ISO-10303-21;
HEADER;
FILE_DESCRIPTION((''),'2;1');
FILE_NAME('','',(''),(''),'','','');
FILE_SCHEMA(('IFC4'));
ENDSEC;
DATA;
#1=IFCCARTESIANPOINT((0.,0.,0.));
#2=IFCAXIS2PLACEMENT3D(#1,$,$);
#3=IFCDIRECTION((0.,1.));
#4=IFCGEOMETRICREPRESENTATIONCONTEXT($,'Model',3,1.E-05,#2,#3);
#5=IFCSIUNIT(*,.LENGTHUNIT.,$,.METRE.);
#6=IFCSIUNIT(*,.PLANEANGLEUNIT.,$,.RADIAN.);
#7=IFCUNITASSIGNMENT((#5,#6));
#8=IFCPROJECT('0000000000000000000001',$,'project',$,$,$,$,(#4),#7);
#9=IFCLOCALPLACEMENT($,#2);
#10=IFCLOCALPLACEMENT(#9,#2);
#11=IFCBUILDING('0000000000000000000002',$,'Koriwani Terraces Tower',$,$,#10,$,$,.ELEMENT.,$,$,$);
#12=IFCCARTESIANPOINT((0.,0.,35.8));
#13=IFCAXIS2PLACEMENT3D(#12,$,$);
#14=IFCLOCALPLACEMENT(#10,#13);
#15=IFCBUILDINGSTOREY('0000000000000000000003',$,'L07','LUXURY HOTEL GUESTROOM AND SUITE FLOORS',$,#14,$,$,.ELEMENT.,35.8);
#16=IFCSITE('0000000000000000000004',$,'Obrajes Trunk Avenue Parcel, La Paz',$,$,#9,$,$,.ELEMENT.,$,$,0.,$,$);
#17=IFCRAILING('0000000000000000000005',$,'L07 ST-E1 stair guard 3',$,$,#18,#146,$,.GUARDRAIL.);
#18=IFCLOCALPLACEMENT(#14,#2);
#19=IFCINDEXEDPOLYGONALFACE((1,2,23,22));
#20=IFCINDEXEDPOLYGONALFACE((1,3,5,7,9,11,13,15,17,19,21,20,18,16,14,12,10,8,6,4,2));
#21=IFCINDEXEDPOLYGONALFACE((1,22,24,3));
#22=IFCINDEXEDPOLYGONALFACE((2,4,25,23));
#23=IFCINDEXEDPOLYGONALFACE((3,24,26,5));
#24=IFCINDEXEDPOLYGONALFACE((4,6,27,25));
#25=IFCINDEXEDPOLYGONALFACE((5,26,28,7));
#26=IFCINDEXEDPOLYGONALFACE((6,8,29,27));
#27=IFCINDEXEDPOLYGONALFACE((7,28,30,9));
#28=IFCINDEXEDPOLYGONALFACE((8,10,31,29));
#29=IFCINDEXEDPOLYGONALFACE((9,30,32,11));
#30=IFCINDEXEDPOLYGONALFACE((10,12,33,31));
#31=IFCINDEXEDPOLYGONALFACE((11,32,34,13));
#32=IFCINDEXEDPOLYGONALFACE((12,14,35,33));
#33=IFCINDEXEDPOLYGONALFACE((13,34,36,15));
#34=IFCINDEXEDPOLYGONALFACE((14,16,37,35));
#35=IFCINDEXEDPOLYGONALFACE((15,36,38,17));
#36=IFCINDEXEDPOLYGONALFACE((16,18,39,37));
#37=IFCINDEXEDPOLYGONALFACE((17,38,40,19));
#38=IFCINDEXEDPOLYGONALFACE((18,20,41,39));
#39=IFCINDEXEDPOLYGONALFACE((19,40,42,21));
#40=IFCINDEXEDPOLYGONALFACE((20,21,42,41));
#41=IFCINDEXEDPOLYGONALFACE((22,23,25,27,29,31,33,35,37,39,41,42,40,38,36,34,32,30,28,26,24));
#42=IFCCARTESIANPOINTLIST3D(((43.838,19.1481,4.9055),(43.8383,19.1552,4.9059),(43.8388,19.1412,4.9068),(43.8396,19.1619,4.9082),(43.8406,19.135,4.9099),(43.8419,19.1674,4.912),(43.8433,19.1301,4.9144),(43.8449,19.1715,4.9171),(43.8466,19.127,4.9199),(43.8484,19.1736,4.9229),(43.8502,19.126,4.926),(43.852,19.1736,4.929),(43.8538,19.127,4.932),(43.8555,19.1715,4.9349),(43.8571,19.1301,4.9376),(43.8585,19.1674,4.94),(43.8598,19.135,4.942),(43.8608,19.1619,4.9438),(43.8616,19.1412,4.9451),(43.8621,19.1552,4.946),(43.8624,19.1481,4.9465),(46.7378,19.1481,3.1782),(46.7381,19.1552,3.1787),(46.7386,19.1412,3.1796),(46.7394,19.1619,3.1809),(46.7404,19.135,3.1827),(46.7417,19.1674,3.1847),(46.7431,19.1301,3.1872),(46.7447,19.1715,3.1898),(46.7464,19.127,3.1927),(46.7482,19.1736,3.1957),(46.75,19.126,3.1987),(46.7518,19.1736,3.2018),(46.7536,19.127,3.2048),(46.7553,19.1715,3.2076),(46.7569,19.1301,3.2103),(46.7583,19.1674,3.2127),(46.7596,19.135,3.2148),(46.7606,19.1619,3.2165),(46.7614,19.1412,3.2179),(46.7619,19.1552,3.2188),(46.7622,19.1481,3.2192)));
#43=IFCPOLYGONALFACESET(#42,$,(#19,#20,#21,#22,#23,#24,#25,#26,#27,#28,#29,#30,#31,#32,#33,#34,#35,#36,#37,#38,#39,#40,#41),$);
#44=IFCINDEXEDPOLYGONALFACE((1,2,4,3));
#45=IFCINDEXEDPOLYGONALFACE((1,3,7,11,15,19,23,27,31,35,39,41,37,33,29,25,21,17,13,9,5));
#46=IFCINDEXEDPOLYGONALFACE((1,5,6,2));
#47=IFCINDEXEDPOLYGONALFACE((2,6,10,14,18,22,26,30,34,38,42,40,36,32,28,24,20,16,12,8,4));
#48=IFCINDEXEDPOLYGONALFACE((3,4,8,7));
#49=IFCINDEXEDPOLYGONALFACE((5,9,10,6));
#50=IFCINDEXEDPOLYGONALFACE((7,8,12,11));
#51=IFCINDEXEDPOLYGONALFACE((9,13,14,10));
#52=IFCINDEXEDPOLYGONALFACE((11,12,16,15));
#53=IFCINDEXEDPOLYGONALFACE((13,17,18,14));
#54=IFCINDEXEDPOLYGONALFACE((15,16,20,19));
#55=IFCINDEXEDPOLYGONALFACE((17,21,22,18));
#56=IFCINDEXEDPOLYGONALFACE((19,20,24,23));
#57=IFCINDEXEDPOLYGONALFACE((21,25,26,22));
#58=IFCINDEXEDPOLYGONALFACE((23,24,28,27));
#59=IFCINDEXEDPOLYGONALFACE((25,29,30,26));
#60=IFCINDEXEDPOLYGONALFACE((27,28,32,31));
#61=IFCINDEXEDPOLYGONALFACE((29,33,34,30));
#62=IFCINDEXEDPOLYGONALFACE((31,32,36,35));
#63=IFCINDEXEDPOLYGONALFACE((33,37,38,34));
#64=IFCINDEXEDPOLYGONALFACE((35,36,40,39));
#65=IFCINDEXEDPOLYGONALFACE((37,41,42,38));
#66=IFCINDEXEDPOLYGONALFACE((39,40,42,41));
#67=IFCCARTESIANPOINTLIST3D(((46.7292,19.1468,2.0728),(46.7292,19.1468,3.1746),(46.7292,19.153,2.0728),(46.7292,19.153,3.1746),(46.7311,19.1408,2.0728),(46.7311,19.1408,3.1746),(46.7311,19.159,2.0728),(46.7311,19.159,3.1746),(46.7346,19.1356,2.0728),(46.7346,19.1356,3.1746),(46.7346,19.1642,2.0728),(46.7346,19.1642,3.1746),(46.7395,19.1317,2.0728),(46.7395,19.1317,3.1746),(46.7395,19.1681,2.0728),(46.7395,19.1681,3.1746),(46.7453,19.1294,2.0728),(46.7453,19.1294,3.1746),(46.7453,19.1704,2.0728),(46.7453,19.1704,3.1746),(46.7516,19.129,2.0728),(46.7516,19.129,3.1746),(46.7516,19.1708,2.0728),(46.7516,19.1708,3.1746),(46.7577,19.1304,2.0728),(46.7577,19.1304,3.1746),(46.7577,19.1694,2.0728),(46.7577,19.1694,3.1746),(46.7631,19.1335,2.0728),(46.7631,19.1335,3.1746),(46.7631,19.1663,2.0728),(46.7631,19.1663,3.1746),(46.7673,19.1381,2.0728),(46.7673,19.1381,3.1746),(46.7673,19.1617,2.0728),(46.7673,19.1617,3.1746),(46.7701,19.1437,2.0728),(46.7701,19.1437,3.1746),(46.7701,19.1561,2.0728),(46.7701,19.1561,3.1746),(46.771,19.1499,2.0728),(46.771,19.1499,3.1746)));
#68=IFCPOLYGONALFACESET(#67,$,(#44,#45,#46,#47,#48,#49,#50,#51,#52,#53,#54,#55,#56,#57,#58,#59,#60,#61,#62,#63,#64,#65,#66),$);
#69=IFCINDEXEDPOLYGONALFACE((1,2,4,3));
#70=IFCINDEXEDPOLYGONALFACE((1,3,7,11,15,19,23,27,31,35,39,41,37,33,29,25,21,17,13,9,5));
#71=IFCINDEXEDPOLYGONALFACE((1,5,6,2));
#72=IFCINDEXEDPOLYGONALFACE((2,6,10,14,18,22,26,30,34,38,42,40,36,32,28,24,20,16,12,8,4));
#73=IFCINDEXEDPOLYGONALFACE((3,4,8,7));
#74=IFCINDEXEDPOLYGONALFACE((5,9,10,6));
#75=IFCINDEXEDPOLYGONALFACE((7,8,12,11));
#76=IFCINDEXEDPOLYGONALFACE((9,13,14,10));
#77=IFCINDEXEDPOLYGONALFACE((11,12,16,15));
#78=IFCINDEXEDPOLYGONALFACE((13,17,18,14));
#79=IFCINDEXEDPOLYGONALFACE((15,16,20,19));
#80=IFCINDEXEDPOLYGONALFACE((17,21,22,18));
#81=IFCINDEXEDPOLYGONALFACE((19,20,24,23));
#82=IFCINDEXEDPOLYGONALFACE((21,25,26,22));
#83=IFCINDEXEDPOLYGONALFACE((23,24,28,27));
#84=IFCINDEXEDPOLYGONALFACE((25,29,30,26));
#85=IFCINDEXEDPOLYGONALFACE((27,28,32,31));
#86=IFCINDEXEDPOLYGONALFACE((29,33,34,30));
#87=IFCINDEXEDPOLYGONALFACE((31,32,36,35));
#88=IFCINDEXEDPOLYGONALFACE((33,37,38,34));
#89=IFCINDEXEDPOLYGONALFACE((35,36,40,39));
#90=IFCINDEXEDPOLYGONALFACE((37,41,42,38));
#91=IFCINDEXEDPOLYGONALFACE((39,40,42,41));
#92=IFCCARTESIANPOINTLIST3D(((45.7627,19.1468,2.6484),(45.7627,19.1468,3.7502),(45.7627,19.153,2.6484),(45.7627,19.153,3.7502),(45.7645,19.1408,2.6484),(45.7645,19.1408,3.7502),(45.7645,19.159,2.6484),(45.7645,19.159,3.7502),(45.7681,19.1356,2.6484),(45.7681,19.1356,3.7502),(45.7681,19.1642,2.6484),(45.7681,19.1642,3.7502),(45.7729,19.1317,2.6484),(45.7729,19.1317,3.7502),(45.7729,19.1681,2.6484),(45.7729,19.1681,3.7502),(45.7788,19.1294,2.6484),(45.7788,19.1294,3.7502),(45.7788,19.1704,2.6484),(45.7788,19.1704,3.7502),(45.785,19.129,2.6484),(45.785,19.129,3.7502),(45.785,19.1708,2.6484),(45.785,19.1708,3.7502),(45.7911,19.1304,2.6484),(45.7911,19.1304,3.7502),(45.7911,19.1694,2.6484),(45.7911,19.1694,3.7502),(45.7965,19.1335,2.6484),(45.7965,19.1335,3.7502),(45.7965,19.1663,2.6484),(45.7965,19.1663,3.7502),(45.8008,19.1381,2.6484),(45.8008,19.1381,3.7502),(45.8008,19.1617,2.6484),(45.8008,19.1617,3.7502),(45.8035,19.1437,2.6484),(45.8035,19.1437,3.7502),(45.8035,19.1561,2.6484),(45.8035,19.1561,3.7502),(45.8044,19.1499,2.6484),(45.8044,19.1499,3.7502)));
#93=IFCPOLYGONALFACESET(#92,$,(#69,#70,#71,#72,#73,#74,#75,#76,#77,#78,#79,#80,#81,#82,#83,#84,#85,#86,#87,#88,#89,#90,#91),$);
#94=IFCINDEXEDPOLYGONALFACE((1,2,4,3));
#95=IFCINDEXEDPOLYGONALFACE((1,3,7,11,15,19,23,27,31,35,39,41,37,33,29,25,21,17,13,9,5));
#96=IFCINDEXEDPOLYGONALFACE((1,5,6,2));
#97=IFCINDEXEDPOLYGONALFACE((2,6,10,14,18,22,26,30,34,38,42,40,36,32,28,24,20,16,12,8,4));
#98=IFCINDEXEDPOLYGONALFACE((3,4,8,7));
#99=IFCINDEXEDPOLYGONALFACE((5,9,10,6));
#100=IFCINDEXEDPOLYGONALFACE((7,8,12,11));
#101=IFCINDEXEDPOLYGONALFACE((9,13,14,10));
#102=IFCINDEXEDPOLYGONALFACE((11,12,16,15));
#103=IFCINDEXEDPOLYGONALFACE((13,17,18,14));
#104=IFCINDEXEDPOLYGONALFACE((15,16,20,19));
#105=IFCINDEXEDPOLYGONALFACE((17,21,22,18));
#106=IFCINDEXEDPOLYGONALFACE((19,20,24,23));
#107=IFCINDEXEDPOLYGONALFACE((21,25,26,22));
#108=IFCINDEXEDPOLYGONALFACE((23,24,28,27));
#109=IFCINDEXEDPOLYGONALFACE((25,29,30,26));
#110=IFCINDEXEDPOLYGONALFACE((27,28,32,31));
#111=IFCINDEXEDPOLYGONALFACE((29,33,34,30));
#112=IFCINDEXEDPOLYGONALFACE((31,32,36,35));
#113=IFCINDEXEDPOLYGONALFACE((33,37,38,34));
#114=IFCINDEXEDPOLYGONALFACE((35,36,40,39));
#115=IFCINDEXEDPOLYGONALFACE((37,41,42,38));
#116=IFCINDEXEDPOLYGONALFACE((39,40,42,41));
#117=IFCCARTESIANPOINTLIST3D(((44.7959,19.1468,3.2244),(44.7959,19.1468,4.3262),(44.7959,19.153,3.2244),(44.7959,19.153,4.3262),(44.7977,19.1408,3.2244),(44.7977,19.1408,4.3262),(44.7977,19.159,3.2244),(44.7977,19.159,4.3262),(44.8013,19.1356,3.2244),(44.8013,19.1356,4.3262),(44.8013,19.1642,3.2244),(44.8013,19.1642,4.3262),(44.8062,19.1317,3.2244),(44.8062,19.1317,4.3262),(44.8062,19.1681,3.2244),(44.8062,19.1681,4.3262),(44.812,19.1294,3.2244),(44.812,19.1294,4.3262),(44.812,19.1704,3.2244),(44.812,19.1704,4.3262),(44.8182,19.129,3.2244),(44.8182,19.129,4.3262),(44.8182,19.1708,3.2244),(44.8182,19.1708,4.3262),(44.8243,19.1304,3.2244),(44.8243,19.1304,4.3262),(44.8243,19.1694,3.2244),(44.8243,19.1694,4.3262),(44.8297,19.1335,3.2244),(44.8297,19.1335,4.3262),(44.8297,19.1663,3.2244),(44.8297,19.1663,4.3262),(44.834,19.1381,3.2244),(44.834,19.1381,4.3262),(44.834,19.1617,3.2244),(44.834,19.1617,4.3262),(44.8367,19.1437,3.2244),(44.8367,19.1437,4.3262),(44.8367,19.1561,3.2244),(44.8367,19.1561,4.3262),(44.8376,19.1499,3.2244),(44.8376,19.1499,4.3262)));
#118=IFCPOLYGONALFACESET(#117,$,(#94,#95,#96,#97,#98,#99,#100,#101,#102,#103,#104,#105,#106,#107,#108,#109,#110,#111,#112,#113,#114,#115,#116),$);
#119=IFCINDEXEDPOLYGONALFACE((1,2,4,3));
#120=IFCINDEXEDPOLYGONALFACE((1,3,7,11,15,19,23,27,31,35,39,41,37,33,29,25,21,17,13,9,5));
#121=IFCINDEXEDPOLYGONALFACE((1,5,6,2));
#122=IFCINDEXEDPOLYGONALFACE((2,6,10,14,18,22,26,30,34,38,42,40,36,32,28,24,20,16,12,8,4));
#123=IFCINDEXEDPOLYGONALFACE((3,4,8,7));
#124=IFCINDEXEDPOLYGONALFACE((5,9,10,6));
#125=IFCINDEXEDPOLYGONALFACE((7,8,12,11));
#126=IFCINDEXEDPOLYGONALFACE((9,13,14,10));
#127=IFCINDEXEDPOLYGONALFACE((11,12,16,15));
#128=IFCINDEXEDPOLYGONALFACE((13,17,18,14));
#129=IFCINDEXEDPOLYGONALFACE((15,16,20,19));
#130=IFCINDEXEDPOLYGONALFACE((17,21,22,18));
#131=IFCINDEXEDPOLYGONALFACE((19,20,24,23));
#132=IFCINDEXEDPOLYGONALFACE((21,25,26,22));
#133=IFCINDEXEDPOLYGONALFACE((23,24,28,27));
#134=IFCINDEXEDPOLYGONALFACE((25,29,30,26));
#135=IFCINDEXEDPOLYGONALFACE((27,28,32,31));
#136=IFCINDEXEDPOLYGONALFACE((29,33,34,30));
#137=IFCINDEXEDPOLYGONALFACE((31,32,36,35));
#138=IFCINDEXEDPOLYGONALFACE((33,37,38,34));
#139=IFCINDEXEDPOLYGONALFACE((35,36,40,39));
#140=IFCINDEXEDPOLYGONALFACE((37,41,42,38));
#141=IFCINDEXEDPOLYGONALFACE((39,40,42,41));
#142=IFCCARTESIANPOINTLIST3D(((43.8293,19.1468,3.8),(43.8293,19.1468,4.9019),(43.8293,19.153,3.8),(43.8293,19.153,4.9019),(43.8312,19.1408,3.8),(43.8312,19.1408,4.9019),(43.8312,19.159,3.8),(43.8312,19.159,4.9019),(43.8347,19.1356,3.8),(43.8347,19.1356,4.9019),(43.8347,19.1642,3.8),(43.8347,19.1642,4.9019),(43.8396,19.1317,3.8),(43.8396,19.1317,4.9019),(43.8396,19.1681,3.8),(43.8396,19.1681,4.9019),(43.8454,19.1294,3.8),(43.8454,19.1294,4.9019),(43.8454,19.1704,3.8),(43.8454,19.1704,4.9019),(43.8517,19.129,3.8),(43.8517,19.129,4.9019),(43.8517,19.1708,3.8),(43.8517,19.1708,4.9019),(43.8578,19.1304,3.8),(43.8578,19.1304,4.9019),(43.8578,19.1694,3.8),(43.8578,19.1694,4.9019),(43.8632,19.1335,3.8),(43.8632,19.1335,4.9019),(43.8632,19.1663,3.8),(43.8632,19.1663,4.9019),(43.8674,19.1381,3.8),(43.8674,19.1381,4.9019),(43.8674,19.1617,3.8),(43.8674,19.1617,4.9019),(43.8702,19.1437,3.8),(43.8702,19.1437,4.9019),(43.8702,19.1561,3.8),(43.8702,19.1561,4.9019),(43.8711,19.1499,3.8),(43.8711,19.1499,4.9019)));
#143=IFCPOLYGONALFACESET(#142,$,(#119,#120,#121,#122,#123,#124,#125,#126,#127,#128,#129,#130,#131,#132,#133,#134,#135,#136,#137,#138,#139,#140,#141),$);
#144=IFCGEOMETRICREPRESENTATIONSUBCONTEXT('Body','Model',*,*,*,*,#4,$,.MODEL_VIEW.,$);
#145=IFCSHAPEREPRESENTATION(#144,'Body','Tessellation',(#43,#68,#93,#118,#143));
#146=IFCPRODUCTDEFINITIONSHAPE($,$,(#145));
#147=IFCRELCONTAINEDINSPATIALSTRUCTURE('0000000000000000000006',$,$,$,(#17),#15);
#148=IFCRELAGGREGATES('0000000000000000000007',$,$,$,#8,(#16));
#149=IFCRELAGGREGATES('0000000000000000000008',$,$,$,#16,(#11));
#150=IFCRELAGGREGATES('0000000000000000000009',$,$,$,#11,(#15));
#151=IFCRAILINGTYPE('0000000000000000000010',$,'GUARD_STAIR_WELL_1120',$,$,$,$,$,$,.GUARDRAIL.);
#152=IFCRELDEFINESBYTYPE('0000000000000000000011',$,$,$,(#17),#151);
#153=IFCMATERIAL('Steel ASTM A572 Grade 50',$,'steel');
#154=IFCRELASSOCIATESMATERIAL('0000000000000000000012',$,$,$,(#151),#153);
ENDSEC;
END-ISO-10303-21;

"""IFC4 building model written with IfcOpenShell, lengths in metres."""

from ifc_helpers import new_model, si_unit, direction, frame, origin, origin_2d, place, context, subcontext, project, spatial, circle, extrude, material, type_object, element, save


model = new_model("IFC4")

# Units and contexts
model_context = context("Model", 3, precision=1e-05, world=origin(), true_north=direction((0.0, 1.0)))
body_context = subcontext(model_context, "Body", "Model", "MODEL_VIEW")
ifc_project = project(units=[si_unit("LENGTHUNIT", "METRE"), si_unit("PLANEANGLEUNIT", "RADIAN")], contexts=[model_context])

# Site, building, storey
site_placement = place(None, origin())
site = spatial("IfcSite", under=ifc_project, at=site_placement, Name="Obrajes Trunk Avenue Parcel, La Paz", CompositionType="ELEMENT", RefElevation=0.0)
building_placement = place(site_placement, origin())
building = spatial("IfcBuilding", under=site, at=building_placement, Name="Koriwani Terraces Tower", CompositionType="ELEMENT")
storey_placement = place(building_placement, frame((0.0, 0.0, 35.8)))
storey = spatial("IfcBuildingStorey", under=building, at=storey_placement, Name="L07", Description="LUXURY HOTEL GUESTROOM AND SUITE FLOORS", CompositionType="ELEMENT", Elevation=35.8)

# Shared definitions
ifc_material_1 = material(Name="Steel ASTM A572 Grade 50", Category="steel")

# Railing
railing_type_1 = type_object("IfcRailingType", Name="GUARD_STAIR_WELL_1120", PredefinedType="GUARDRAIL", material=ifc_material_1)
railing_1_placement = place(storey_placement, frame((46.75, 19.1499, 2.0728)))
element("IfcRailing", 1, at=railing_1_placement, inside=storey, type_object=railing_type_1, Name="L07 ST-E1 stair guard 3", PredefinedType="GUARDRAIL", context=body_context, shape_type="SweptSolid", body=[
    extrude(circle(Radius=0.0239, at=origin_2d()), frame((0.0, 0.0, 1.126), z_axis=(-0.859141, 0.0, 0.511738), x_axis=(0.0, -1.0, 0.0)), (0.0, 0.0, 1.0), 3.3752),
    extrude(circle(Radius=0.021, at=origin_2d()), origin(), (0.0, 0.0, 1.0), 1.1018),
    extrude(circle(Radius=0.021, at=origin_2d()), frame((-0.9666, 0.0, 0.5757)), (0.0, 0.0, 1.0), 1.1018),
    extrude(circle(Radius=0.021, at=origin_2d()), frame((-1.9333, 0.0, 1.1516)), (0.0, 0.0, 1.0), 1.1018),
    extrude(circle(Radius=0.021, at=origin_2d()), frame((-2.8999, 0.0, 1.7273)), (0.0, 0.0, 1.0), 1.1018),
])

save(model, "model.ifc")
